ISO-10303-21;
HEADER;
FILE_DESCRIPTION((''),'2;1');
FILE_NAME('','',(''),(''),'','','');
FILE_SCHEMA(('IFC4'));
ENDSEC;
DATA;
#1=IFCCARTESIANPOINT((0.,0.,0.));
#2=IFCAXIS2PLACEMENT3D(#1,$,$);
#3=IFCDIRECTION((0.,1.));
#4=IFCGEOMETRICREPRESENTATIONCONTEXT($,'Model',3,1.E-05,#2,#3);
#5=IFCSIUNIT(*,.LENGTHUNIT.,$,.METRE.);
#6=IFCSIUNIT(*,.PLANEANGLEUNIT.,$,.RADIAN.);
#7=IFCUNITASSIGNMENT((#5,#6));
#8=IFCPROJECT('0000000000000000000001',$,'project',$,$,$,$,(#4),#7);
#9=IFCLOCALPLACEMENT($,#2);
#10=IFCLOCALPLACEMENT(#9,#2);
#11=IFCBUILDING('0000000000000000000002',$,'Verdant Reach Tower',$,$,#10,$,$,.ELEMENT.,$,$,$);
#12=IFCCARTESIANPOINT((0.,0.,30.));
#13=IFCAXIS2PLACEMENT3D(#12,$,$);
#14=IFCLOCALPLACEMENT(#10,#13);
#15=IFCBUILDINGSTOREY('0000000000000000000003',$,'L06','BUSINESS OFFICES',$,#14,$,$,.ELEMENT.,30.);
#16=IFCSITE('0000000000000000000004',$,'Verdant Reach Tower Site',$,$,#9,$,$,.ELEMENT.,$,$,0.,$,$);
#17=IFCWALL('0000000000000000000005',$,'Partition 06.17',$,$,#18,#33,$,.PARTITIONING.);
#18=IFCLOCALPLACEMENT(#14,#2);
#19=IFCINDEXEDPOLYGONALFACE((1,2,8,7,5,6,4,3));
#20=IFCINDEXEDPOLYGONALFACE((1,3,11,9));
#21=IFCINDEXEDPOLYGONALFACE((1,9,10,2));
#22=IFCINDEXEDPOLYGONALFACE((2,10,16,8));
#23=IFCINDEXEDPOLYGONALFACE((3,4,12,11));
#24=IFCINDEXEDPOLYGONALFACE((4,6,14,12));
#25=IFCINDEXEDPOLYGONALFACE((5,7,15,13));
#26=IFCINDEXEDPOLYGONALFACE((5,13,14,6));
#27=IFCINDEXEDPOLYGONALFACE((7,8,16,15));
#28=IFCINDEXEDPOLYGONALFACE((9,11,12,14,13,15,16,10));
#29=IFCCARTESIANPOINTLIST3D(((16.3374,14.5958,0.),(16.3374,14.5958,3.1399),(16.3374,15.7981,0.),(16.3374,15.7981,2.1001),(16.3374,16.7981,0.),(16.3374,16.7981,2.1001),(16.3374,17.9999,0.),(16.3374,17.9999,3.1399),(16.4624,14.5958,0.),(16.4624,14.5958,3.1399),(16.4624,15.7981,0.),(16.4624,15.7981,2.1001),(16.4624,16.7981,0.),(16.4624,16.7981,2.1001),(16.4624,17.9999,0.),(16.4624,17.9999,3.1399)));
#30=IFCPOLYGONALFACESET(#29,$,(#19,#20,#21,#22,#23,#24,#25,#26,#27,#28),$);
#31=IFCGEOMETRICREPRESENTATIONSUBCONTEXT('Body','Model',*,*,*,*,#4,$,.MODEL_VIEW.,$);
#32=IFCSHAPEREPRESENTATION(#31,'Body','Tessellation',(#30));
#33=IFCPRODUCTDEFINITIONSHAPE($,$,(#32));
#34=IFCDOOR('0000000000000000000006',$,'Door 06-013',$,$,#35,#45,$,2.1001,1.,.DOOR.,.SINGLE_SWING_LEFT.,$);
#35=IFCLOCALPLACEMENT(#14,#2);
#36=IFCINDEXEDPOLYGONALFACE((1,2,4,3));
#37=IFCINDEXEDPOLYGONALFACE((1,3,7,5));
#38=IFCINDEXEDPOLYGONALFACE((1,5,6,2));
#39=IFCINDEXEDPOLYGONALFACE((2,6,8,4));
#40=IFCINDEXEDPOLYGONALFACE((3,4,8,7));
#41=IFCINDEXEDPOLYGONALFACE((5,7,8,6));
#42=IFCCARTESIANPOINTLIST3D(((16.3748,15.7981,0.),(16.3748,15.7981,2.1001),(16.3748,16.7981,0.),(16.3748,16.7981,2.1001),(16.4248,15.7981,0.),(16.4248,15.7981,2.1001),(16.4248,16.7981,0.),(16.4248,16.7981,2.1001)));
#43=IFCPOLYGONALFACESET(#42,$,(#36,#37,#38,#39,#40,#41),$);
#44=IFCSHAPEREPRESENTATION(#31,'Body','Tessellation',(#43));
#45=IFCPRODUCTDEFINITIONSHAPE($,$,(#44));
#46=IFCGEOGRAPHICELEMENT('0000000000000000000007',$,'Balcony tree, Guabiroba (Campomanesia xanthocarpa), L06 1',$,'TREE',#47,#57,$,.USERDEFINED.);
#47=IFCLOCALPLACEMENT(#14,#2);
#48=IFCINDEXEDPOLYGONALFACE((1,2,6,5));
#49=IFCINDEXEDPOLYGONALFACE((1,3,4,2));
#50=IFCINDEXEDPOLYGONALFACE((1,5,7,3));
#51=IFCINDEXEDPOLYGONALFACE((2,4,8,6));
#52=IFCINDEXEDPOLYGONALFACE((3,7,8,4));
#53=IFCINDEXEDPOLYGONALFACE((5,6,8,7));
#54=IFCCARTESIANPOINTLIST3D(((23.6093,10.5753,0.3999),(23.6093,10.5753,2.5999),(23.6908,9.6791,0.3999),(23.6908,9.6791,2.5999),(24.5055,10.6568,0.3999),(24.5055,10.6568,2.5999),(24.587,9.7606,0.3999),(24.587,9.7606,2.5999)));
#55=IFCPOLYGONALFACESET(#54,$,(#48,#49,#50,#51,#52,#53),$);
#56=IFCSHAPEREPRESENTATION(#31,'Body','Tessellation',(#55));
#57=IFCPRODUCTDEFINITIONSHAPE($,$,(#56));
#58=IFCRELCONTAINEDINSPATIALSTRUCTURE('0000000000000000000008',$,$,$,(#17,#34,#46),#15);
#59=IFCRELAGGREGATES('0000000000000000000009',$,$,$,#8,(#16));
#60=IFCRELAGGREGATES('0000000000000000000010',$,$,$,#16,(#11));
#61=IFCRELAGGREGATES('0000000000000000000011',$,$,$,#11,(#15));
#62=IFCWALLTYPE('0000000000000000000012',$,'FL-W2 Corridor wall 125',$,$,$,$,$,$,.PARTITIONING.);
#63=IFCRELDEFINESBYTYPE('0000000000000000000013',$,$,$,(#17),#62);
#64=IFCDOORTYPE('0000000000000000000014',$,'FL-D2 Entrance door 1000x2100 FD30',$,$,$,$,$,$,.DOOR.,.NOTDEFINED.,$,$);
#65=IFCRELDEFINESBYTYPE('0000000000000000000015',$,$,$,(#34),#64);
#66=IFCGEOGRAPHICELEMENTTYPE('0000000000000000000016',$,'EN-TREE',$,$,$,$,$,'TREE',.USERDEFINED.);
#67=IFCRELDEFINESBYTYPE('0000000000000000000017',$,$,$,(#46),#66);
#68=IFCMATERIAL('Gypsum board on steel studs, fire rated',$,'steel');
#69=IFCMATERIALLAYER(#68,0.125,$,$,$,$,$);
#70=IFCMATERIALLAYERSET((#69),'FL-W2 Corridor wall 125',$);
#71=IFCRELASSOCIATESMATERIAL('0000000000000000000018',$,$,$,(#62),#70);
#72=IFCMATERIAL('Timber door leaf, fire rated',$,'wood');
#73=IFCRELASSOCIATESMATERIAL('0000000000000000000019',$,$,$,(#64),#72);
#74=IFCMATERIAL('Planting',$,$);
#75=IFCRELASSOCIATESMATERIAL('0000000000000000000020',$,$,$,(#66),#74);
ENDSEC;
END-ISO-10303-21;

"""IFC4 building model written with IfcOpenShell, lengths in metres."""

from ifc_helpers import new_model, si_unit, direction, frame, frame_2d, origin, origin_2d, place, context, subcontext, project, spatial, rectangle, extrude, material, layer, layer_set, type_object, element, fill, save


model = new_model("IFC4")

# Units and contexts
model_context = context("Model", 3, precision=1e-05, world=origin(), true_north=direction((0.0, 1.0)))
body_context = subcontext(model_context, "Body", "Model", "MODEL_VIEW")
ifc_project = project(units=[si_unit("LENGTHUNIT", "METRE"), si_unit("PLANEANGLEUNIT", "RADIAN")], contexts=[model_context])

# Site, building, storey
site_placement = place(None, origin())
site = spatial("IfcSite", under=ifc_project, at=site_placement, Name="Verdant Reach Tower Site", CompositionType="ELEMENT", RefElevation=0.0)
building_placement = place(site_placement, origin())
building = spatial("IfcBuilding", under=site, at=building_placement, Name="Verdant Reach Tower", CompositionType="ELEMENT")
storey_placement = place(building_placement, frame((0.0, 0.0, 30.0)))
storey = spatial("IfcBuildingStorey", under=building, at=storey_placement, Name="L06", Description="BUSINESS OFFICES", CompositionType="ELEMENT", Elevation=30.0)

# Wall, opening, door
ifc_material_1 = material(Name="Gypsum board on steel studs, fire rated", Category="steel")
ifc_layer_1 = layer(ifc_material_1, 0.125)
ifc_layer_set_1 = layer_set([ifc_layer_1], Name="FL-W2 Corridor wall 125")
wall_type_1 = type_object("IfcWallType", Name="FL-W2 Corridor wall 125", PredefinedType="PARTITIONING", material=ifc_layer_set_1)
wall_1_placement = place(storey_placement, frame((16.3999, 18.0, 0.0), z_axis=(0.0, 0.0, 1.0), x_axis=(0.0, -1.0, 0.0)))
wall_1 = element("IfcWall", 1, at=wall_1_placement, inside=storey, type_object=wall_type_1, Name="Partition 06.17", PredefinedType="PARTITIONING", context=body_context, shape_type="SweptSolid", body=[
    extrude(rectangle(XDim=3.4041, YDim=0.125, at=frame_2d((1.7021, 0.0))), origin(), (0.0, 0.0, 1.0), 3.1399),
])
opening_placement = place(wall_1_placement, frame((1.2019, 0.0, 0.0)))
opening = element("IfcOpeningElement", 2, at=opening_placement, cuts=wall_1, PredefinedType="OPENING", context=body_context, shape_type="SweptSolid", body=[
    extrude(rectangle(XDim=1.0, YDim=2.1001, at=frame_2d((0.5, 1.05))), frame((0.0, 0.0725, 0.0), z_axis=(0.0, -1.0, 0.0), x_axis=(1.0, 0.0, 0.0)), (0.0, 0.0, 1.0), 0.145),
])
ifc_material_2 = material(Name="Timber door leaf, fire rated", Category="wood")
door_type = type_object("IfcDoorType", Name="FL-D2 Entrance door 1000x2100 FD30", OperationType="NOTDEFINED", PredefinedType="DOOR", material=ifc_material_2)
door_placement = place(opening_placement, origin())
door = element("IfcDoor", 3, at=door_placement, inside=storey, type_object=door_type, Name="Door 06-013", OperationType="SINGLE_SWING_LEFT", OverallHeight=2.1001, OverallWidth=1.0, PredefinedType="DOOR", context=body_context, shape_type="SweptSolid", body=[
    extrude(rectangle(XDim=1.0, YDim=2.1001, at=frame_2d((0.5, 1.05))), frame((0.0, 0.0249, 0.0), z_axis=(0.0, -1.0, 0.0), x_axis=(1.0, 0.0, 0.0)), (0.0, 0.0, 1.0), 0.05),
])
fill(opening, door)

# Geographic element
ifc_material_3 = material(Name="Planting")
geographic_element_type = type_object("IfcGeographicElementType", Name="EN-TREE", ElementType="TREE", PredefinedType="USERDEFINED", material=ifc_material_3)
geographic_element_placement = place(storey_placement, frame((24.0981, 10.168, 0.3999), z_axis=(0.0, 0.0, 1.0), x_axis=(-0.090536, 0.995893, 0.0)))
element("IfcGeographicElement", 4, at=geographic_element_placement, inside=storey, type_object=geographic_element_type, Name="Balcony tree, Guabiroba (Campomanesia xanthocarpa), L06 1", ObjectType="TREE", PredefinedType="USERDEFINED", context=body_context, shape_type="SweptSolid", body=[
    extrude(rectangle(XDim=0.8999, YDim=0.8999, at=origin_2d()), origin(), (0.0, 0.0, 1.0), 2.2),
])

save(model, "model.ifc")
